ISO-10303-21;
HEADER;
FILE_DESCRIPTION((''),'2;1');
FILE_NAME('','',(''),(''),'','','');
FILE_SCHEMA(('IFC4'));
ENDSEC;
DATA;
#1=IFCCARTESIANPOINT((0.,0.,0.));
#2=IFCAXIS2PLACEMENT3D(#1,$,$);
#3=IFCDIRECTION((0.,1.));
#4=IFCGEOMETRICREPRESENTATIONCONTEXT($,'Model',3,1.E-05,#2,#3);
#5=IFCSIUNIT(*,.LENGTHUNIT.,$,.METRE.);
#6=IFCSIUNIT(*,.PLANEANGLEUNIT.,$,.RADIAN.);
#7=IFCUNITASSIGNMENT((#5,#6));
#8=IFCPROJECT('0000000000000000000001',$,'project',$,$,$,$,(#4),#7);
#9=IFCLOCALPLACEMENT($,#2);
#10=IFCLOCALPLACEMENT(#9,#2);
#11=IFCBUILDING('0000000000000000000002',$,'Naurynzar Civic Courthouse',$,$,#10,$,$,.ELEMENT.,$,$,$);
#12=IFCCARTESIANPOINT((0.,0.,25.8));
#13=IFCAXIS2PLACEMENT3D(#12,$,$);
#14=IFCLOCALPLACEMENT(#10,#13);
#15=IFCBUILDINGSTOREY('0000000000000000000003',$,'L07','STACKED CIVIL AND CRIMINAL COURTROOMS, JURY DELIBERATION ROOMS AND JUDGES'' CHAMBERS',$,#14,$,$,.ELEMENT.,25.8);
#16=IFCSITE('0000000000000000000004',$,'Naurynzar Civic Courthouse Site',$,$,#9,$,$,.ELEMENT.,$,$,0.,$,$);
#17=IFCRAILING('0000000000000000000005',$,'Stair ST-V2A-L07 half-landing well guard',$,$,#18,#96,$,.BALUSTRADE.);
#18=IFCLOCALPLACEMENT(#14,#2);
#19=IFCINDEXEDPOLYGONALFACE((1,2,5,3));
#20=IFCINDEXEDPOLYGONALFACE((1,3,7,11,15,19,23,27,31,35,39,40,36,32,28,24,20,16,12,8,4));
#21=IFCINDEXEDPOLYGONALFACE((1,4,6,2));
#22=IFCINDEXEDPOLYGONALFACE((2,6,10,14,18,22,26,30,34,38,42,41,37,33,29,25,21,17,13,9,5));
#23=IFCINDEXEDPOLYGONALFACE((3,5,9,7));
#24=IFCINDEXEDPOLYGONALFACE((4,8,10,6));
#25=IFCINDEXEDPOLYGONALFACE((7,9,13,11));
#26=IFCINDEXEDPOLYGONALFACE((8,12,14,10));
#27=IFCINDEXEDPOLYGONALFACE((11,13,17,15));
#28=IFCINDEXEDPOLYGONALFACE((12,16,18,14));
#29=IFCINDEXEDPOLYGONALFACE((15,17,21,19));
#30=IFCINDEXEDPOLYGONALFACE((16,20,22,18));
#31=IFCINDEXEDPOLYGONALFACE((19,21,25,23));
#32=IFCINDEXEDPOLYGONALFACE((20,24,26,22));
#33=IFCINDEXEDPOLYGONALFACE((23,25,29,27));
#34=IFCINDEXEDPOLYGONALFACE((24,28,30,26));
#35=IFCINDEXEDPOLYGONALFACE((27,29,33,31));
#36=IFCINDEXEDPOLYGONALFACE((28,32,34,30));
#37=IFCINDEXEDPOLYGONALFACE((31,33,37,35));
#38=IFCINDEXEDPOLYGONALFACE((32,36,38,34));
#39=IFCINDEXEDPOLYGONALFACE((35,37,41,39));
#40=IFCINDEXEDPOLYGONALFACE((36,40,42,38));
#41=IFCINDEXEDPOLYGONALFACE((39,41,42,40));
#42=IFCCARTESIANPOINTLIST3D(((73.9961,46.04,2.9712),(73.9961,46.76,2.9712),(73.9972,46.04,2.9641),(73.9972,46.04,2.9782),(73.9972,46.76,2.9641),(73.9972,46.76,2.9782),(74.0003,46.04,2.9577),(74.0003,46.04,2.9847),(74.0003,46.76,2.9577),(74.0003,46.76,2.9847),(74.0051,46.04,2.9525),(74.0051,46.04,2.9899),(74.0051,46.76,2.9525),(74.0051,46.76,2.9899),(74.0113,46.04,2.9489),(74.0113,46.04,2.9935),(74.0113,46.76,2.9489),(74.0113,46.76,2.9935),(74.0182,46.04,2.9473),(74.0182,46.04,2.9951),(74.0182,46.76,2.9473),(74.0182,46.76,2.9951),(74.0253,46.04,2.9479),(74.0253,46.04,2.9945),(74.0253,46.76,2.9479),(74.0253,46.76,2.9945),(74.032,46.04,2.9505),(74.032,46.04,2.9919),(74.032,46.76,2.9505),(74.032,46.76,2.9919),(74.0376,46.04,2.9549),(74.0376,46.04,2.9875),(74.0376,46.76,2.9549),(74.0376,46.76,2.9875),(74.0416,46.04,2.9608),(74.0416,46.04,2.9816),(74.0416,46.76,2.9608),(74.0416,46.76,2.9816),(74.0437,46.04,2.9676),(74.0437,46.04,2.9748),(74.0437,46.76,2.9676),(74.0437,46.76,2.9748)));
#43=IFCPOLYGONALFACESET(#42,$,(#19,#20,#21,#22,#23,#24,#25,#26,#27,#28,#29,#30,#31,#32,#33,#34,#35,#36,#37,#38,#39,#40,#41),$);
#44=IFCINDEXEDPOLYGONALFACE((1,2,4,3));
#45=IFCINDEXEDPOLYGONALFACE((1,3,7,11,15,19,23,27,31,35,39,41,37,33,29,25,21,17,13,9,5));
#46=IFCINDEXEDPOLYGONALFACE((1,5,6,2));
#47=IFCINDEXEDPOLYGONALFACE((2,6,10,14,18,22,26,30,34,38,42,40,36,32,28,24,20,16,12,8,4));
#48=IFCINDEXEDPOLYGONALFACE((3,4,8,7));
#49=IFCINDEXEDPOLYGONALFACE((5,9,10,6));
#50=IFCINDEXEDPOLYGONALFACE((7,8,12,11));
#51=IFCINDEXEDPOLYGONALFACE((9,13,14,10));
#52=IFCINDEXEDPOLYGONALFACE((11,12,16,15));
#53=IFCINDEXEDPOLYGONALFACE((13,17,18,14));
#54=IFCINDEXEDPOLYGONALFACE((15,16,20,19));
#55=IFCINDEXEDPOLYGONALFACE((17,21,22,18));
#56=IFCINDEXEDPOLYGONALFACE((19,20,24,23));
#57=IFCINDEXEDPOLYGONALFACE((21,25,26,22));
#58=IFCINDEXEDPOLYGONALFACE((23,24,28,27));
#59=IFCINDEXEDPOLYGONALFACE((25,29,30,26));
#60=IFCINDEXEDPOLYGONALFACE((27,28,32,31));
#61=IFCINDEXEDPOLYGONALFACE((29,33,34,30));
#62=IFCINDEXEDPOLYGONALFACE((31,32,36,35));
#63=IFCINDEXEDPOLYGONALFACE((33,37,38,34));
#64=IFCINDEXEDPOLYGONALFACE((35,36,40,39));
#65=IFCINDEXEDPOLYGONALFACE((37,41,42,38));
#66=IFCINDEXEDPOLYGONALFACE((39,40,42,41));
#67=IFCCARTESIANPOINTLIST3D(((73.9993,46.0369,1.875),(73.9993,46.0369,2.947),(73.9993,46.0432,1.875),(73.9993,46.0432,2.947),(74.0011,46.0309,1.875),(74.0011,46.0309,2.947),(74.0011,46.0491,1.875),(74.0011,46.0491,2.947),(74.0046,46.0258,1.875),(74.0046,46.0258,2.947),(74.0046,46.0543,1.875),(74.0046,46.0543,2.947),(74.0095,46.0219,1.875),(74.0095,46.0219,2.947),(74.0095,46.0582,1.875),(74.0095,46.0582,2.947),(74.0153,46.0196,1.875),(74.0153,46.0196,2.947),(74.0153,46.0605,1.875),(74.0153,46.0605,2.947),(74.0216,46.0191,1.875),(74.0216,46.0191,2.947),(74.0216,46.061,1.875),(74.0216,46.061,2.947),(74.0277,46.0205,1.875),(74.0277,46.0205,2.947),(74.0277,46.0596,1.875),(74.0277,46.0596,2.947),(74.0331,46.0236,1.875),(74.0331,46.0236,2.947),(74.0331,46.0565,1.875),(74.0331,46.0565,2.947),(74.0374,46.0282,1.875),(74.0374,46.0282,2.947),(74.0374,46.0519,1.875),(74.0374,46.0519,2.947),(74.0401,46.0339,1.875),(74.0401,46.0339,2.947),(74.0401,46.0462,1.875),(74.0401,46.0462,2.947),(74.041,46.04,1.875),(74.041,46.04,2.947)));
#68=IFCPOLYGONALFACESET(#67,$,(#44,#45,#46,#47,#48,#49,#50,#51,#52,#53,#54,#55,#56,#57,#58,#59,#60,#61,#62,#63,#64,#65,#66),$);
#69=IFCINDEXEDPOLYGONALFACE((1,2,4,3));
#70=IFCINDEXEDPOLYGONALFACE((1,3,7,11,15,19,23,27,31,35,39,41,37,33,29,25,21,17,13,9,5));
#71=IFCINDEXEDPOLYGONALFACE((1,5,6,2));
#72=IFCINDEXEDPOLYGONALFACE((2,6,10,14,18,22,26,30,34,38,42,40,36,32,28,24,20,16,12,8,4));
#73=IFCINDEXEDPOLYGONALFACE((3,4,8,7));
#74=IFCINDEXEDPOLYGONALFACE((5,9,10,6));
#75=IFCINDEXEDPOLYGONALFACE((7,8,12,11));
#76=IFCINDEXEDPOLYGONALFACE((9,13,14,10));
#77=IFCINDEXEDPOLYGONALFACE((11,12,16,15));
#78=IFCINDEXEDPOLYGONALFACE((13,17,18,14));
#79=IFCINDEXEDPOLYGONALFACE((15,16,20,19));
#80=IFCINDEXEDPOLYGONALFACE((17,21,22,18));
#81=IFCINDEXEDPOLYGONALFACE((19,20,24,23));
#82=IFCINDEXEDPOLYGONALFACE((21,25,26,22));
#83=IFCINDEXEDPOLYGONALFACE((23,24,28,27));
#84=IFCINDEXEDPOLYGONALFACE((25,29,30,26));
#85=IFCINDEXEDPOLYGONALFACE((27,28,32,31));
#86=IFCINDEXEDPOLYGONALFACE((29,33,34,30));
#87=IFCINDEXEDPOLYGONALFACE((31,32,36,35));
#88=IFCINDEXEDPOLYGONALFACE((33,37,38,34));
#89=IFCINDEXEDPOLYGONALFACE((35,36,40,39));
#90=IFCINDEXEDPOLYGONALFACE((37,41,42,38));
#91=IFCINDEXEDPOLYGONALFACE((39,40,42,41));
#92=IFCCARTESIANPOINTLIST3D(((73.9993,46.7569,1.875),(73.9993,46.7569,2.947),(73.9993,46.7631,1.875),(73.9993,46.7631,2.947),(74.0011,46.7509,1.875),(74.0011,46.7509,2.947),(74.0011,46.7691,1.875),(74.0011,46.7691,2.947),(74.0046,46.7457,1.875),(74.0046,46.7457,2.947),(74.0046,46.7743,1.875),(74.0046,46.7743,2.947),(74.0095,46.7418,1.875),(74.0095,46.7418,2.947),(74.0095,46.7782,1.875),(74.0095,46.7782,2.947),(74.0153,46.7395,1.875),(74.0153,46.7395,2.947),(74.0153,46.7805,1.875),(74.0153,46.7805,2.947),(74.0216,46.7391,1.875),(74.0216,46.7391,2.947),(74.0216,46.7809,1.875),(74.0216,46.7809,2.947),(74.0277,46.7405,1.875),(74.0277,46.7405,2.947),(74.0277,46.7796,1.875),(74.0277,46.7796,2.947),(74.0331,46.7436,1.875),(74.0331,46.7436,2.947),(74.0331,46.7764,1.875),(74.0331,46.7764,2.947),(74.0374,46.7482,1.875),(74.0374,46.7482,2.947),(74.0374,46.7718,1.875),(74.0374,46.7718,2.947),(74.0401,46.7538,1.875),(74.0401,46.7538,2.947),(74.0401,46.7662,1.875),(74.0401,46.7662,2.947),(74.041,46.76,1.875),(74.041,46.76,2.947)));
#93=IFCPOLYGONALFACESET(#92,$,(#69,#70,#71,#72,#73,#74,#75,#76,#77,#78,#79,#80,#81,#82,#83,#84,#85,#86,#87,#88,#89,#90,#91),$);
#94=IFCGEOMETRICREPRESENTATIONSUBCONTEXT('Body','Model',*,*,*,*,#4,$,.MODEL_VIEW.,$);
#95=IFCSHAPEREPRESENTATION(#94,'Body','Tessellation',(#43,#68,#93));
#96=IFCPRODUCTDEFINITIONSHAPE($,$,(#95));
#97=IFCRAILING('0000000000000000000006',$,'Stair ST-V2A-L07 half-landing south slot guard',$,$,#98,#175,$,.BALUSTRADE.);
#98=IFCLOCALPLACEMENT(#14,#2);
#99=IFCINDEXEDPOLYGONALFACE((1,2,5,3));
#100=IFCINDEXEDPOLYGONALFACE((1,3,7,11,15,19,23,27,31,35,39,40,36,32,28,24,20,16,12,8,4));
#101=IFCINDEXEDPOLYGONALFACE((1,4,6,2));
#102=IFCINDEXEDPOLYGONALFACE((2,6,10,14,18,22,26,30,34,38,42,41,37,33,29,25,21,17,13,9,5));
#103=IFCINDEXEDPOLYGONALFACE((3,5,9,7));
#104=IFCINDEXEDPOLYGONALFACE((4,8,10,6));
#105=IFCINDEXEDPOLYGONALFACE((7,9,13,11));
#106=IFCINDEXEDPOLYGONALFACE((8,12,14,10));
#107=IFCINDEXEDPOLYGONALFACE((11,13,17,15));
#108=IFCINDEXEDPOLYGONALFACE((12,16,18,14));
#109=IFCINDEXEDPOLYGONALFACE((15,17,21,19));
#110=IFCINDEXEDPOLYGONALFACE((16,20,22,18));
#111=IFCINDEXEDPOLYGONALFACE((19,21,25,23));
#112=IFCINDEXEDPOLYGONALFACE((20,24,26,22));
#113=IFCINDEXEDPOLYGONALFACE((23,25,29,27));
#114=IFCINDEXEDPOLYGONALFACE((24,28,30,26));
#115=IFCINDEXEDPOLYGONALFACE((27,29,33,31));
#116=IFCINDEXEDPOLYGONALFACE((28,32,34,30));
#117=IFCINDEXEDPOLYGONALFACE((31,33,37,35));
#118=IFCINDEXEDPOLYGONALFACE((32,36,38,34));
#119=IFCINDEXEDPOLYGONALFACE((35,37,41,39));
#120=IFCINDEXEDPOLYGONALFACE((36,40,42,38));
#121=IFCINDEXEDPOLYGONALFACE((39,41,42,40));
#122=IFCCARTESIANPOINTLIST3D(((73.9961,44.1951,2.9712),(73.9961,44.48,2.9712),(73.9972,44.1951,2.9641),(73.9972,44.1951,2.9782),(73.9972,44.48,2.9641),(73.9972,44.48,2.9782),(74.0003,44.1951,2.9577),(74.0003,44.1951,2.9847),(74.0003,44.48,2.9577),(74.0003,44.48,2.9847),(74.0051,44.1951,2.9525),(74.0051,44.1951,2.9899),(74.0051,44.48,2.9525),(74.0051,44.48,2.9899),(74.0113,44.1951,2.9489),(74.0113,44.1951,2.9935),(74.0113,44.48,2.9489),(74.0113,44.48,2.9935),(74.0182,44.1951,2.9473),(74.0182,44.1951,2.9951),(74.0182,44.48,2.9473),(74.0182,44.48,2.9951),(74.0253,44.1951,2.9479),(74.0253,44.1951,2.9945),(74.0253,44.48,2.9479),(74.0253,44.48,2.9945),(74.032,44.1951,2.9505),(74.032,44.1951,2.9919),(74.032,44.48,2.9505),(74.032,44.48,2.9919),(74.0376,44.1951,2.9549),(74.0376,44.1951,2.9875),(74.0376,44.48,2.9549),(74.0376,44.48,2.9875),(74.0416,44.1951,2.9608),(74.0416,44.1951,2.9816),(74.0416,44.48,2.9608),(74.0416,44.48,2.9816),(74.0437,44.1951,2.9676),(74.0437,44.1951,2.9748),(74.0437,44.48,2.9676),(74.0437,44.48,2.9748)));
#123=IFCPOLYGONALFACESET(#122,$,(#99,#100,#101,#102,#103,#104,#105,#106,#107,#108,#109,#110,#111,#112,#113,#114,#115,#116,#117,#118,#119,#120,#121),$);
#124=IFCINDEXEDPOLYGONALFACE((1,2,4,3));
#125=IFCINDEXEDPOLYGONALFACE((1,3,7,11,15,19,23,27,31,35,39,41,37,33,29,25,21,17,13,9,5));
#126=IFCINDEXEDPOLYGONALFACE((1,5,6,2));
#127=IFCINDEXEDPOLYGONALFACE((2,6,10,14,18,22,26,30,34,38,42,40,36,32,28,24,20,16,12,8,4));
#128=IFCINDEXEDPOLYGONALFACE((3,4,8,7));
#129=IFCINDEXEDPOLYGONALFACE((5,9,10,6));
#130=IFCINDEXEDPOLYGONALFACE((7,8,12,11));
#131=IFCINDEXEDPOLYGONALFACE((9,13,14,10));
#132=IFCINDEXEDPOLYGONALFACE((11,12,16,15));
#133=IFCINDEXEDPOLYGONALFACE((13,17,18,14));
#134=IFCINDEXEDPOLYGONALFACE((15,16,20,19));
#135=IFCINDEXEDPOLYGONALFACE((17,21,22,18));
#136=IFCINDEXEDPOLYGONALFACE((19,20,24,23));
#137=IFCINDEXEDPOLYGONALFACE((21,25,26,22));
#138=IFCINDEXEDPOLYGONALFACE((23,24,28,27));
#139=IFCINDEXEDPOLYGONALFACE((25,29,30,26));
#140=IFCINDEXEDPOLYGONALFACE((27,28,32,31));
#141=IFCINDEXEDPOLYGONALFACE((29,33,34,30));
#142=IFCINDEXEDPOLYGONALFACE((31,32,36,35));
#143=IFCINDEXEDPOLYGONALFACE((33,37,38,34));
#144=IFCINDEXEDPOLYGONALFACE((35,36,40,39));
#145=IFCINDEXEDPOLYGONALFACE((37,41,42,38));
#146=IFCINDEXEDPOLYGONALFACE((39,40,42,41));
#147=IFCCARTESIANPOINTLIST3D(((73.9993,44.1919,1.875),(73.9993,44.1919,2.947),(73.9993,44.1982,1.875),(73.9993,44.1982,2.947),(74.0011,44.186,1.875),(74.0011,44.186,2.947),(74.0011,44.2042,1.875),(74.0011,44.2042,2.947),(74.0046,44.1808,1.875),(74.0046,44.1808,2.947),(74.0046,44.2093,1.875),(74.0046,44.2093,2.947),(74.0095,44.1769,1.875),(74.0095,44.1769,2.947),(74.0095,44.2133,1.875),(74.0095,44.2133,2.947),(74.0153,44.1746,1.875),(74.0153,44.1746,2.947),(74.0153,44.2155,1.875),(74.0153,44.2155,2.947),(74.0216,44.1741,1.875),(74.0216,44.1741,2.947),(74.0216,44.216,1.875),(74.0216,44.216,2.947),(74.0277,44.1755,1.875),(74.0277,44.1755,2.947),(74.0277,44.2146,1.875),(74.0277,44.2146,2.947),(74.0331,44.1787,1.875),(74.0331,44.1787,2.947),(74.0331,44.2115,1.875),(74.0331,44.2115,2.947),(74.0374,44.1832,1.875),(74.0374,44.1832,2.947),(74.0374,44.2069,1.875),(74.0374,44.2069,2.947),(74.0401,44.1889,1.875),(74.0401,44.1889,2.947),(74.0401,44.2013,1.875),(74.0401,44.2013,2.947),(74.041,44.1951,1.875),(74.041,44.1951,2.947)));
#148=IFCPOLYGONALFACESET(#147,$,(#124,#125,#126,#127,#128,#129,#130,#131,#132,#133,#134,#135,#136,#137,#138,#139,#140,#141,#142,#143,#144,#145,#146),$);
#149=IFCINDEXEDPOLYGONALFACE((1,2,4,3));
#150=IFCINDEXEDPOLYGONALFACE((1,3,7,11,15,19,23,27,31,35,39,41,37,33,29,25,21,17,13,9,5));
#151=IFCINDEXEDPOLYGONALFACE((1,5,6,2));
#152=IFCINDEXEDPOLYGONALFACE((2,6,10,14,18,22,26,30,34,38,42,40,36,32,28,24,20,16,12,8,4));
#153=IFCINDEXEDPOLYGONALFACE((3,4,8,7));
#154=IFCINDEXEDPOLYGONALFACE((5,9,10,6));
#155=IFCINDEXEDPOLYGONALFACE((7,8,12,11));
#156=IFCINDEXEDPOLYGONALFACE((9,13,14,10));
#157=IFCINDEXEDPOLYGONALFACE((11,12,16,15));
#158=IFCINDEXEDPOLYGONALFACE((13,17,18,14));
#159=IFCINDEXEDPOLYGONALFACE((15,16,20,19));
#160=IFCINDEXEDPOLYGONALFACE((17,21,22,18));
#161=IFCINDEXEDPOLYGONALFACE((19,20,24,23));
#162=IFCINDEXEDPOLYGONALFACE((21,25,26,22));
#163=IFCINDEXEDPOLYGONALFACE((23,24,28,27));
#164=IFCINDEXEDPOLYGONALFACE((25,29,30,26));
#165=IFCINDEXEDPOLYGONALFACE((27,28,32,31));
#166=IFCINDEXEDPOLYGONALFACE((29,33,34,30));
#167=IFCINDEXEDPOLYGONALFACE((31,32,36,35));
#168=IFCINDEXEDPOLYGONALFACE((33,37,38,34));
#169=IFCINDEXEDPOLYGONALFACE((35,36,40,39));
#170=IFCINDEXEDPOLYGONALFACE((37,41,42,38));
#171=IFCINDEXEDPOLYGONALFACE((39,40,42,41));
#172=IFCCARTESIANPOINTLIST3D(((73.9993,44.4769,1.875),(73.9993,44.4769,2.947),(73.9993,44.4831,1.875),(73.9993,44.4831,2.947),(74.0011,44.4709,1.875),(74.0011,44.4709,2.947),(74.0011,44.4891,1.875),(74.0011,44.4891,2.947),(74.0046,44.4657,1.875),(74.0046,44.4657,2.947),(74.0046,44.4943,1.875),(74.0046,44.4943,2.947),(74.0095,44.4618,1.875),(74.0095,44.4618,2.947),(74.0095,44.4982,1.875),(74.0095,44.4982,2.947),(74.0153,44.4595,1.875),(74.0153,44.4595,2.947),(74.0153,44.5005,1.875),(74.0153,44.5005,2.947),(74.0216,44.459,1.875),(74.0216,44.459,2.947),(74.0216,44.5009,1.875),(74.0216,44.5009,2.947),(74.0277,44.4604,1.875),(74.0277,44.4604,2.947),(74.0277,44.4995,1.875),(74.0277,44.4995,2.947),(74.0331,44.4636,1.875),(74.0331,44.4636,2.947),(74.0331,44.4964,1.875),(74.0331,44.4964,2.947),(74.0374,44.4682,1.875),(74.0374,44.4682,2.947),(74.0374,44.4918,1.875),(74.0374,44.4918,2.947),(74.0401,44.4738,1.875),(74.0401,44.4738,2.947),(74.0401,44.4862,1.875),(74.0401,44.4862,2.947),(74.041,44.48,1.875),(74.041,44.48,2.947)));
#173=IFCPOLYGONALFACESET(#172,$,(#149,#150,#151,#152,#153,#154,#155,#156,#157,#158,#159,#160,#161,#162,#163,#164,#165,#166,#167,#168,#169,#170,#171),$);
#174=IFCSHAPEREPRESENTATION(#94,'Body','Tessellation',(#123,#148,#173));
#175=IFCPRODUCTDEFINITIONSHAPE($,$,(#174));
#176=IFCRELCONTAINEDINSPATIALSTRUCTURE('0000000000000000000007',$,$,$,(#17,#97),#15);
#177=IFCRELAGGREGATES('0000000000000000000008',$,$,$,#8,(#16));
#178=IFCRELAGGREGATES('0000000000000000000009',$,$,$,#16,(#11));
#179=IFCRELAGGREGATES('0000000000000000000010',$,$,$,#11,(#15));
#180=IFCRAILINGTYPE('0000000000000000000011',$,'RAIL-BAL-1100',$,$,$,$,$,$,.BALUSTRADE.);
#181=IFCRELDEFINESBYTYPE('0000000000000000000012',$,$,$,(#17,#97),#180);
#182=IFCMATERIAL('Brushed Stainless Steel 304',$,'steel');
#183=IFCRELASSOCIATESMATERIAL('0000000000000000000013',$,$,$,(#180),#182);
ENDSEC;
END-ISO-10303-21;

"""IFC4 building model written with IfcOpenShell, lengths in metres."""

from ifc_helpers import new_model, si_unit, direction, frame, origin, origin_2d, place, context, subcontext, project, spatial, circle, extrude, material, type_object, element, save


model = new_model("IFC4")

# Units and contexts
model_context = context("Model", 3, precision=1e-05, world=origin(), true_north=direction((0.0, 1.0)))
body_context = subcontext(model_context, "Body", "Model", "MODEL_VIEW")
ifc_project = project(units=[si_unit("LENGTHUNIT", "METRE"), si_unit("PLANEANGLEUNIT", "RADIAN")], contexts=[model_context])

# Site, building, storey
site_placement = place(None, origin())
site = spatial("IfcSite", under=ifc_project, at=site_placement, Name="Naurynzar Civic Courthouse Site", CompositionType="ELEMENT", RefElevation=0.0)
building_placement = place(site_placement, origin())
building = spatial("IfcBuilding", under=site, at=building_placement, Name="Naurynzar Civic Courthouse", CompositionType="ELEMENT")
storey_placement = place(building_placement, frame((0.0, 0.0, 25.8)))
storey = spatial("IfcBuildingStorey", under=building, at=storey_placement, Name="L07", Description="STACKED CIVIL AND CRIMINAL COURTROOMS, JURY DELIBERATION ROOMS AND JUDGES' CHAMBERS", CompositionType="ELEMENT", Elevation=25.8)

# Railings
ifc_material_1 = material(Name="Brushed Stainless Steel 304", Category="steel")
railing_type_1 = type_object("IfcRailingType", Name="RAIL-BAL-1100", PredefinedType="BALUSTRADE", material=ifc_material_1)
for number, where, name in (
    (1, (74.02, 46.04, 1.875), "Stair ST-V2A-L07 half-landing well guard"),
):
    element("IfcRailing", number, at=place(storey_placement, frame(where)), inside=storey, type_object=railing_type_1, Name=name, PredefinedType="BALUSTRADE", context=body_context, shape_type="SweptSolid", body=[
        extrude(circle(Radius=0.0239, at=origin_2d()), frame((0.0, 0.0, 1.0962), z_axis=(0.0, 1.0, 0.0), x_axis=(-1.0, 0.0, 0.0)), (0.0, 0.0, 1.0), 0.72),
        extrude(circle(Radius=0.021, at=origin_2d()), origin(), (0.0, 0.0, 1.0), 1.072),
        extrude(circle(Radius=0.021, at=origin_2d()), frame((0.0, 0.72, 0.0)), (0.0, 0.0, 1.0), 1.072),
    ])
railing_1_placement = place(storey_placement, frame((74.02, 44.1951, 1.875)))
element("IfcRailing", 2, at=railing_1_placement, inside=storey, type_object=railing_type_1, Name="Stair ST-V2A-L07 half-landing south slot guard", PredefinedType="BALUSTRADE", context=body_context, shape_type="SweptSolid", body=[
    extrude(circle(Radius=0.0239, at=origin_2d()), frame((0.0, 0.0, 1.0962), z_axis=(0.0, 1.0, 0.0), x_axis=(-1.0, 0.0, 0.0)), (0.0, 0.0, 1.0), 0.2849),
    extrude(circle(Radius=0.021, at=origin_2d()), origin(), (0.0, 0.0, 1.0), 1.072),
    extrude(circle(Radius=0.021, at=origin_2d()), frame((0.0, 0.2849, 0.0)), (0.0, 0.0, 1.0), 1.072),
])

save(model, "model.ifc")
